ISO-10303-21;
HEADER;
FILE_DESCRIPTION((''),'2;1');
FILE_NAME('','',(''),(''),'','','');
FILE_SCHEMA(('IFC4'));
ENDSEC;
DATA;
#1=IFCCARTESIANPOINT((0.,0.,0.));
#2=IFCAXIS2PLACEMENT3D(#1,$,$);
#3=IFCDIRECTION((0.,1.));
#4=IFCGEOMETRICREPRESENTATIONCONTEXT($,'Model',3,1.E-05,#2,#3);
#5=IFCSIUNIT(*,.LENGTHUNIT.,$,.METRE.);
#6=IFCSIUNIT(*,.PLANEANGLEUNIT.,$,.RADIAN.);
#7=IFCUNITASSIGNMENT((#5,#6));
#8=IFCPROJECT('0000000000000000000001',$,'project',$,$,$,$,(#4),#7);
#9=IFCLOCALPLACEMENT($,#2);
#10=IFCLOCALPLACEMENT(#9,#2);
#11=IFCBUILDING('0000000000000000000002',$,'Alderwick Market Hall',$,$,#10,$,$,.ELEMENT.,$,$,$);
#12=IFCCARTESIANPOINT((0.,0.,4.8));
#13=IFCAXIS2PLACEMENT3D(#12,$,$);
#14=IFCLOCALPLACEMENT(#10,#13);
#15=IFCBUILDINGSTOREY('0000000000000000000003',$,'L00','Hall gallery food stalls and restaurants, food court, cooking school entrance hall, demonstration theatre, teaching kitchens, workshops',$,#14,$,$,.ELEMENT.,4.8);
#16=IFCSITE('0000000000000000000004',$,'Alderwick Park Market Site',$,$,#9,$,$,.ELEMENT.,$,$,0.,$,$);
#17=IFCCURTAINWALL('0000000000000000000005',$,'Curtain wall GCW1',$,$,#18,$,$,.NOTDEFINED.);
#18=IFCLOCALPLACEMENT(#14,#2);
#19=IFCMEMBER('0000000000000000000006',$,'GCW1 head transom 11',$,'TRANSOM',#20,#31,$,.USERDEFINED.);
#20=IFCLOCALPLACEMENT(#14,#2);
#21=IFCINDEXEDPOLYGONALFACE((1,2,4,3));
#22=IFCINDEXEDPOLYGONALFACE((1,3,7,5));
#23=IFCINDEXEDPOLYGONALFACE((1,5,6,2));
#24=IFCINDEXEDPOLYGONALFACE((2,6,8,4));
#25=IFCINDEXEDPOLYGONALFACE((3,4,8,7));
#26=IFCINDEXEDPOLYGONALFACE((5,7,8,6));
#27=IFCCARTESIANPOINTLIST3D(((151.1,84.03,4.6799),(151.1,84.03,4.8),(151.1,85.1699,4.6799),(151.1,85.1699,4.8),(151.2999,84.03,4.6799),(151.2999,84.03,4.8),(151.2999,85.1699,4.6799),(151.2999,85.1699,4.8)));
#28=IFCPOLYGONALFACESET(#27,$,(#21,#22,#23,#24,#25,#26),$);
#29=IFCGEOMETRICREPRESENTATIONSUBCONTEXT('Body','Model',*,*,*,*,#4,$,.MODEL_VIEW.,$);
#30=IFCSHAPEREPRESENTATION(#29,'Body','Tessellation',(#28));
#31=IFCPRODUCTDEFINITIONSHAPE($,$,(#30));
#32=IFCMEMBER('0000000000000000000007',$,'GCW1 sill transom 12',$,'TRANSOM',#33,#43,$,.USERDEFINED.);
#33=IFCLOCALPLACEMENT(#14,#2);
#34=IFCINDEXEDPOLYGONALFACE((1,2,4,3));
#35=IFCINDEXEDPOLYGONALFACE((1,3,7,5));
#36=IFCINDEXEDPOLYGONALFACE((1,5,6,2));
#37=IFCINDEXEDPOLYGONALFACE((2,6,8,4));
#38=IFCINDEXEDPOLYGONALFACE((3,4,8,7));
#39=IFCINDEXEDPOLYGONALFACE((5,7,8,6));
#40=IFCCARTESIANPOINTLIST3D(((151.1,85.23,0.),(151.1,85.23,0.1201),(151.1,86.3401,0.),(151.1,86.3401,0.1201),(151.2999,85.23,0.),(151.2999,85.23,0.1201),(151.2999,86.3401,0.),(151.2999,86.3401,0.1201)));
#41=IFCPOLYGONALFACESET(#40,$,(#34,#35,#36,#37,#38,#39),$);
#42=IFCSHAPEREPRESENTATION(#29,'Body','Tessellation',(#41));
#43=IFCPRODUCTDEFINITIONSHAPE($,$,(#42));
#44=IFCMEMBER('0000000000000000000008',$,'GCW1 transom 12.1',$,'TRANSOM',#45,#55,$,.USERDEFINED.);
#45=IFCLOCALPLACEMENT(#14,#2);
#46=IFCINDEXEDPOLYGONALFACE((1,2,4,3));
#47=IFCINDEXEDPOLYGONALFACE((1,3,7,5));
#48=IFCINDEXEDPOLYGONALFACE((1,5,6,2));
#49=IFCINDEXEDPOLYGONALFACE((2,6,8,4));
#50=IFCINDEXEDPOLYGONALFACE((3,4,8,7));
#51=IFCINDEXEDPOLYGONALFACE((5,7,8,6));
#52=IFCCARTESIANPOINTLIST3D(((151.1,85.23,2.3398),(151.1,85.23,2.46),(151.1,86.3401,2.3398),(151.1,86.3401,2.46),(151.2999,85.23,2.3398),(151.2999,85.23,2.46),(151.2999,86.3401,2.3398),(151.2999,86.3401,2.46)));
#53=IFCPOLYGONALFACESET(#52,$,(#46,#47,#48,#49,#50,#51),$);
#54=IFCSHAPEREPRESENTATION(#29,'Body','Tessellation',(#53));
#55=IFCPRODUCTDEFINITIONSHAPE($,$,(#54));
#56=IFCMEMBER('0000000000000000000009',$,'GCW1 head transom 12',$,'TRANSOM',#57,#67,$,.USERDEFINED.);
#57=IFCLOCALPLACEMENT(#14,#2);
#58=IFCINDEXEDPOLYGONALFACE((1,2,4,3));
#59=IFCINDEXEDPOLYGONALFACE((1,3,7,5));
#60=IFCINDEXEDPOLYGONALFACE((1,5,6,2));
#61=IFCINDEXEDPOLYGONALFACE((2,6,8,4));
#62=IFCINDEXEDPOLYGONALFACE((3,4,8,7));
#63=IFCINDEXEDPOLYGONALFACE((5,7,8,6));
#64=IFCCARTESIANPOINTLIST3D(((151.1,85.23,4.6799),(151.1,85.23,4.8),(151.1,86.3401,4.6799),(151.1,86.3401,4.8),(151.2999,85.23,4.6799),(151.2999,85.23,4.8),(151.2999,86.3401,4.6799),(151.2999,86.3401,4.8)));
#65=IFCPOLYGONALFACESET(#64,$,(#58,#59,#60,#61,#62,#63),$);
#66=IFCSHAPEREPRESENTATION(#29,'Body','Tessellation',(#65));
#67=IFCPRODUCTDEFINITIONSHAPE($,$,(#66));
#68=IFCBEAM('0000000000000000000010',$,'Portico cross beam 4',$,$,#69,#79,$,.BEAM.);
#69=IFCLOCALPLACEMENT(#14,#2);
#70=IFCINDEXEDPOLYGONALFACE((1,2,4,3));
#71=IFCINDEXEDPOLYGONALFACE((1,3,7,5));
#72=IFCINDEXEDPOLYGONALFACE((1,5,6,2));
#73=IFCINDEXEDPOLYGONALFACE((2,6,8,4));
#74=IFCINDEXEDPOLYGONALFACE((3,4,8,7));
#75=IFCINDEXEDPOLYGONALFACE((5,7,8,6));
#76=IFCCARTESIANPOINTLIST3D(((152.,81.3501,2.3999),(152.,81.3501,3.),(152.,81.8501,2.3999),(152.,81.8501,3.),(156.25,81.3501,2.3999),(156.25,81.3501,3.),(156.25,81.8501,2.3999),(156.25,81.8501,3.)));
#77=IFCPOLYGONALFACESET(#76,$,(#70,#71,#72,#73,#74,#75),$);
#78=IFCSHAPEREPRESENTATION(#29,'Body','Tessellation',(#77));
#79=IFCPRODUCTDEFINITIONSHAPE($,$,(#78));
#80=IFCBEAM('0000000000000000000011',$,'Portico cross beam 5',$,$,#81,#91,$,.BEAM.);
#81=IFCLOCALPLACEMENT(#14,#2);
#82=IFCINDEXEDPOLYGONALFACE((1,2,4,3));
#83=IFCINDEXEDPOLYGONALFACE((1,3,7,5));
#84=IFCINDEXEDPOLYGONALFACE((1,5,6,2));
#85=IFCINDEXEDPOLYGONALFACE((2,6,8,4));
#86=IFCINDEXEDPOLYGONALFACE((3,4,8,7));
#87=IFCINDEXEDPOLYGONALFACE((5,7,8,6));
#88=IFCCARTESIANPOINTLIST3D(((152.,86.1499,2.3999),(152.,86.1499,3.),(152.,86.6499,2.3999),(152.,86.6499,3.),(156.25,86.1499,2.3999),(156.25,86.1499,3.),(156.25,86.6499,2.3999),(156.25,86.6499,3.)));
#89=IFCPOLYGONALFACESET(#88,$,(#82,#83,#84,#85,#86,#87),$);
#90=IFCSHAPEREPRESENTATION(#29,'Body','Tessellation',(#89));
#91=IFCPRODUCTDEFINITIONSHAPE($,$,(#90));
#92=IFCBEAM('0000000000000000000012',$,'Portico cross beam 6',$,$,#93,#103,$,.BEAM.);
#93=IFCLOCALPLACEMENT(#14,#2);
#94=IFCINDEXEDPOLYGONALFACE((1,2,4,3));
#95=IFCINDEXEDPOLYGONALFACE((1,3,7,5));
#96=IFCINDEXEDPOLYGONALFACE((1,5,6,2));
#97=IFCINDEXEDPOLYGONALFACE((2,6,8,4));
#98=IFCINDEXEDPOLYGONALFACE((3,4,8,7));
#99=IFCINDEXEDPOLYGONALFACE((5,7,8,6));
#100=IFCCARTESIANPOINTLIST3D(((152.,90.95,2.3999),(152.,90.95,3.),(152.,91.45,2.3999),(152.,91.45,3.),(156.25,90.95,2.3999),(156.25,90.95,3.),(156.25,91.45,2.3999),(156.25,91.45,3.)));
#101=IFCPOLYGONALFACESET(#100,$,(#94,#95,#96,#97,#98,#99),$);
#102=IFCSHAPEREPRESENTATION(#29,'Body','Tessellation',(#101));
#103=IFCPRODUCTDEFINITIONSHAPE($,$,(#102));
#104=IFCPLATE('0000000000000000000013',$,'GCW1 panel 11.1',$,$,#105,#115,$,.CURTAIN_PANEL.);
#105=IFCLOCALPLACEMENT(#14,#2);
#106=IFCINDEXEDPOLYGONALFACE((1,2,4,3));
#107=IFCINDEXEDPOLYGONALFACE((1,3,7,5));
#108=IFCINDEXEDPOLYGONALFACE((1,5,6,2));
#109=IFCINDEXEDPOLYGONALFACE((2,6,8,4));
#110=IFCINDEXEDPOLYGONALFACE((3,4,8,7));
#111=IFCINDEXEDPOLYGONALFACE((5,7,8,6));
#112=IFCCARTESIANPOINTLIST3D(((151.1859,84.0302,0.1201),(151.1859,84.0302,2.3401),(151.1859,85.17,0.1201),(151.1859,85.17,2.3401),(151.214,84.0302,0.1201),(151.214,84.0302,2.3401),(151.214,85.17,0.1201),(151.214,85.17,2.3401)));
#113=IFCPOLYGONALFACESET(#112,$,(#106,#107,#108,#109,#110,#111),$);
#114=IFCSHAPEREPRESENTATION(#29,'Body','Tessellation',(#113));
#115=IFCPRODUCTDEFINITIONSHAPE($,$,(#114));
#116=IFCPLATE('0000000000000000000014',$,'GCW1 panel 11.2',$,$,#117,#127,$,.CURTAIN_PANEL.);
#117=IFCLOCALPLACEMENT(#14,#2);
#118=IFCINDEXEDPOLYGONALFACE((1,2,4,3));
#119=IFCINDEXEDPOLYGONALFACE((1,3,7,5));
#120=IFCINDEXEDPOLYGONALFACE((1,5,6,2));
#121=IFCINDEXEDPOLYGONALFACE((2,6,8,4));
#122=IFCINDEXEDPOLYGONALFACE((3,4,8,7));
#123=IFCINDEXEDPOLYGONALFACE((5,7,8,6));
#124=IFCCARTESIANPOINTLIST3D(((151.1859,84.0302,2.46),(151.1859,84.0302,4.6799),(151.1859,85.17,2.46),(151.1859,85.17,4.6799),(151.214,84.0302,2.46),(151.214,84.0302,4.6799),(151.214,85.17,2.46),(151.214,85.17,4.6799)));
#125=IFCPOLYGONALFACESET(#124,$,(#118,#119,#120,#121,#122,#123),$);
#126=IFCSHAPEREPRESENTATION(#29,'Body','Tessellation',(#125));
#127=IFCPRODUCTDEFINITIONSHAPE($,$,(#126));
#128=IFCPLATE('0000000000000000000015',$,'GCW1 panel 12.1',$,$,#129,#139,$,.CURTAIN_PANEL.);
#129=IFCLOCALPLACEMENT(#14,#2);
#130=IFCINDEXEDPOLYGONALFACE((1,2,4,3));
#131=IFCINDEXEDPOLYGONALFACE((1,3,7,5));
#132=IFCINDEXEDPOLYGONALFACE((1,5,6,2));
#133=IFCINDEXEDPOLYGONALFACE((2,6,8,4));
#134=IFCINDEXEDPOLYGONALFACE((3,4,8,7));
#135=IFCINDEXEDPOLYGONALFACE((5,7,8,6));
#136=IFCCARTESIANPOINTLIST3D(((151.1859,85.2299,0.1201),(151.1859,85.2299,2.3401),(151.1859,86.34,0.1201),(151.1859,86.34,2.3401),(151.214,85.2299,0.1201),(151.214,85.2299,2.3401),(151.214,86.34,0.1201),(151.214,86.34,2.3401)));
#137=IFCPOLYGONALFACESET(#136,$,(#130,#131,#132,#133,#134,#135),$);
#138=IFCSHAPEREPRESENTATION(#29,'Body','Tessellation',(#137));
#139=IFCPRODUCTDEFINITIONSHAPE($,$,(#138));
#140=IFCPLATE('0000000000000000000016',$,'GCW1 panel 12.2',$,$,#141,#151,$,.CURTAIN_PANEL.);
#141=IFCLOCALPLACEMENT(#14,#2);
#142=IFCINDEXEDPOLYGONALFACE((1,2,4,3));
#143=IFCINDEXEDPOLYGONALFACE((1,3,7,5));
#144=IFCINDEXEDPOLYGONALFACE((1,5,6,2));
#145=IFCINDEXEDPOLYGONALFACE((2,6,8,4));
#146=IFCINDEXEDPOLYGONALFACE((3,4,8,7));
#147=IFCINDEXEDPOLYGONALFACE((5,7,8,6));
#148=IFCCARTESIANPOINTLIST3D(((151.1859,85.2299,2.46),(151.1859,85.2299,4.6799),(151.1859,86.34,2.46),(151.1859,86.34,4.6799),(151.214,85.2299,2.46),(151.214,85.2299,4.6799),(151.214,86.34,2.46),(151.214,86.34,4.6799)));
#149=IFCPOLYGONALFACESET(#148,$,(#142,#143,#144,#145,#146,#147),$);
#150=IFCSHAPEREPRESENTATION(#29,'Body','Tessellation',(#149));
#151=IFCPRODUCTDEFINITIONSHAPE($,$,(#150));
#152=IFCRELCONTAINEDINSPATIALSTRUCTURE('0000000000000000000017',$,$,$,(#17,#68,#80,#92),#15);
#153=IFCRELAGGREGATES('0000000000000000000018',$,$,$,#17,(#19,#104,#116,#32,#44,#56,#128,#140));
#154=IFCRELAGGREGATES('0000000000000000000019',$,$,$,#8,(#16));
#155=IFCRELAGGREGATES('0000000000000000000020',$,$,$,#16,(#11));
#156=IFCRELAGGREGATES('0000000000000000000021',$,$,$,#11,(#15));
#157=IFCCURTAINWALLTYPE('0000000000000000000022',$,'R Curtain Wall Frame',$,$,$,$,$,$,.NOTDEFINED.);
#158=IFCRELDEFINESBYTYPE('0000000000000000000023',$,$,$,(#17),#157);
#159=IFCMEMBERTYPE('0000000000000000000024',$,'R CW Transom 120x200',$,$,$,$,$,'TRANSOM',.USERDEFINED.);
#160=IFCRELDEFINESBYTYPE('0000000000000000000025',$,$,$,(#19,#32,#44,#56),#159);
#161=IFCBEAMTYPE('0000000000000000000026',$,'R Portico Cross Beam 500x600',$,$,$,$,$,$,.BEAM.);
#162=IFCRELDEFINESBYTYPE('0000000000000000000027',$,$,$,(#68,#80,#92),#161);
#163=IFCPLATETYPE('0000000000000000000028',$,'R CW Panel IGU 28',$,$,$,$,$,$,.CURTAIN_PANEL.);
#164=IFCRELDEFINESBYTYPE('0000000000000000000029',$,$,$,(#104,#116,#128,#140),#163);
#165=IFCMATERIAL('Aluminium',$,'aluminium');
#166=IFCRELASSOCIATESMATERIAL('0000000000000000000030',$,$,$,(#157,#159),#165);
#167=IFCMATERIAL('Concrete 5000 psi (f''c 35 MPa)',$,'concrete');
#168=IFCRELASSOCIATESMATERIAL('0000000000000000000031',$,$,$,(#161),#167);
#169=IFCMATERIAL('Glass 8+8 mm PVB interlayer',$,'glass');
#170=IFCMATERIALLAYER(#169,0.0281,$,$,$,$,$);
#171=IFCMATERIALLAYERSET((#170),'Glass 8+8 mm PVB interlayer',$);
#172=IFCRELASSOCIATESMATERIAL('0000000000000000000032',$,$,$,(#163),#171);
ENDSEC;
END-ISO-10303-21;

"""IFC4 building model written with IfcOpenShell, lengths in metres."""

from ifc_helpers import new_model, si_unit, direction, frame, origin, origin_2d, place, context, subcontext, project, spatial, rectangle, extrude, material, layer, layer_set, material_profile, profile_set, type_object, element, aggregate, save


model = new_model("IFC4")

# Units and contexts
model_context = context("Model", 3, precision=1e-05, world=origin(), true_north=direction((0.0, 1.0)))
body_context = subcontext(model_context, "Body", "Model", "MODEL_VIEW")
ifc_project = project(units=[si_unit("LENGTHUNIT", "METRE"), si_unit("PLANEANGLEUNIT", "RADIAN")], contexts=[model_context])

# Site, building, storey
site_placement = place(None, origin())
site = spatial("IfcSite", under=ifc_project, at=site_placement, Name="Alderwick Park Market Site", CompositionType="ELEMENT", RefElevation=0.0)
building_placement = place(site_placement, origin())
building = spatial("IfcBuilding", under=site, at=building_placement, Name="Alderwick Market Hall", CompositionType="ELEMENT")
storey_placement = place(building_placement, frame((0.0, 0.0, 4.8)))
storey = spatial("IfcBuildingStorey", under=building, at=storey_placement, Name="L00", Description="Hall gallery food stalls and restaurants, food court, cooking school entrance hall, demonstration theatre, teaching kitchens, workshops", CompositionType="ELEMENT", Elevation=4.8)

# Shared definitions
ifc_material_1 = material(Name="Concrete 5000 psi (f'c 35 MPa)", Category="concrete")

# Curtain wall, members
ifc_material_2 = material(Name="Aluminium", Category="aluminium")
curtain_wall_type = type_object("IfcCurtainWallType", Name="R Curtain Wall Frame", PredefinedType="NOTDEFINED", material=ifc_material_2)
curtain_wall_placement = place(storey_placement, origin())
curtain_wall = element("IfcCurtainWall", 1, at=curtain_wall_placement, inside=storey, type_object=curtain_wall_type, Name="Curtain wall GCW1", PredefinedType="NOTDEFINED")
ifc_material_profile_1 = material_profile(ifc_material_2, rectangle(XDim=0.2, YDim=0.1201, at=origin_2d()), Name="AL 120x200")
ifc_profile_set_1 = profile_set([ifc_material_profile_1], Name="Aluminium")
member_type_1 = type_object("IfcMemberType", Name="R CW Transom 120x200", ElementType="TRANSOM", PredefinedType="USERDEFINED", material=ifc_profile_set_1)
member_1_placement = place(storey_placement, frame((151.2, 84.03, 4.74), z_axis=(0.0, 1.0, 0.0), x_axis=(-1.0, 0.0, 0.0)))
member_1 = element("IfcMember", 2, at=member_1_placement, type_object=member_type_1, Name="GCW1 head transom 11", ObjectType="TRANSOM", PredefinedType="USERDEFINED", context=body_context, shape_type="SweptSolid", body=[
    extrude(rectangle(XDim=0.2, YDim=0.1201, at=origin_2d()), origin(), (0.0, 0.0, 1.0), 1.1399),
])
member_2_placement = place(storey_placement, frame((151.2, 85.23, 0.0601), z_axis=(0.0, 1.0, 0.0), x_axis=(-1.0, 0.0, 0.0)))
member_2 = element("IfcMember", 3, at=member_2_placement, type_object=member_type_1, Name="GCW1 sill transom 12", ObjectType="TRANSOM", PredefinedType="USERDEFINED", context=body_context, shape_type="SweptSolid", body=[
    extrude(rectangle(XDim=0.2, YDim=0.1201, at=origin_2d()), origin(), (0.0, 0.0, 1.0), 1.1101),
])
member_3_placement = place(storey_placement, frame((151.2, 85.23, 2.3999), z_axis=(0.0, 1.0, 0.0), x_axis=(-1.0, 0.0, 0.0)))
member_3 = element("IfcMember", 4, at=member_3_placement, type_object=member_type_1, Name="GCW1 transom 12.1", ObjectType="TRANSOM", PredefinedType="USERDEFINED", context=body_context, shape_type="SweptSolid", body=[
    extrude(rectangle(XDim=0.2, YDim=0.1201, at=origin_2d()), origin(), (0.0, 0.0, 1.0), 1.1101),
])
member_4_placement = place(storey_placement, frame((151.2, 85.23, 4.74), z_axis=(0.0, 1.0, 0.0), x_axis=(-1.0, 0.0, 0.0)))
member_4 = element("IfcMember", 5, at=member_4_placement, type_object=member_type_1, Name="GCW1 head transom 12", ObjectType="TRANSOM", PredefinedType="USERDEFINED", context=body_context, shape_type="SweptSolid", body=[
    extrude(rectangle(XDim=0.2, YDim=0.1201, at=origin_2d()), origin(), (0.0, 0.0, 1.0), 1.1101),
])

# Beams
ifc_material_profile_2 = material_profile(ifc_material_1, rectangle(XDim=0.5, YDim=0.6001, at=origin_2d()), Name="RC 500x600")
ifc_profile_set_2 = profile_set([ifc_material_profile_2], Name="Concrete 5000 psi (f'c 35 MPa)")
beam_type = type_object("IfcBeamType", Name="R Portico Cross Beam 500x600", PredefinedType="BEAM", material=ifc_profile_set_2)
for number, where, z_axis, x_axis, name in (
    (6, (152.0, 81.6001, 2.7), (1.0, 0.0, 0.0), (0.0, 1.0, 0.0), "Portico cross beam 4"),
    (7, (152.0, 86.3999, 2.7), (1.0, 0.0, 0.0), (0.0, 1.0, 0.0), "Portico cross beam 5"),
    (8, (152.0, 91.2, 2.7), (1.0, 0.0, 0.0), (0.0, 1.0, 0.0), "Portico cross beam 6"),
):
    element("IfcBeam", number, at=place(storey_placement, frame(where, z_axis=z_axis, x_axis=x_axis)), inside=storey, type_object=beam_type, Name=name, PredefinedType="BEAM", context=body_context, shape_type="SweptSolid", body=[
        extrude(rectangle(XDim=0.5, YDim=0.6001, at=origin_2d()), origin(), (0.0, 0.0, 1.0), 4.25),
    ])

# Plates
ifc_material_3 = material(Name="Glass 8+8 mm PVB interlayer", Category="glass")
ifc_layer_1 = layer(ifc_material_3, 0.0281)
ifc_layer_set_1 = layer_set([ifc_layer_1], Name="Glass 8+8 mm PVB interlayer")
plate_type = type_object("IfcPlateType", Name="R CW Panel IGU 28", PredefinedType="CURTAIN_PANEL", material=ifc_layer_set_1)
plate_1_placement = place(storey_placement, frame((151.2, 84.6001, 0.1201), z_axis=(0.0, 0.0, 1.0), x_axis=(1.0, 0.0, 0.0)))
plate_1 = element("IfcPlate", 9, at=plate_1_placement, type_object=plate_type, Name="GCW1 panel 11.1", PredefinedType="CURTAIN_PANEL", context=body_context, shape_type="SweptSolid", body=[
    extrude(rectangle(XDim=0.0281, YDim=1.1399, at=origin_2d()), origin(), (0.0, 0.0, 1.0), 2.22),
])
plate_2_placement = place(storey_placement, frame((151.2, 84.6001, 2.46), z_axis=(0.0, 0.0, 1.0), x_axis=(1.0, 0.0, 0.0)))
plate_2 = element("IfcPlate", 10, at=plate_2_placement, type_object=plate_type, Name="GCW1 panel 11.2", PredefinedType="CURTAIN_PANEL", context=body_context, shape_type="SweptSolid", body=[
    extrude(rectangle(XDim=0.0281, YDim=1.1399, at=origin_2d()), origin(), (0.0, 0.0, 1.0), 2.22),
])
plate_3_placement = place(storey_placement, frame((151.2, 85.7849, 0.1201), z_axis=(0.0, 0.0, 1.0), x_axis=(1.0, 0.0, 0.0)))
plate_3 = element("IfcPlate", 11, at=plate_3_placement, type_object=plate_type, Name="GCW1 panel 12.1", PredefinedType="CURTAIN_PANEL", context=body_context, shape_type="SweptSolid", body=[
    extrude(rectangle(XDim=0.0281, YDim=1.1101, at=origin_2d()), origin(), (0.0, 0.0, 1.0), 2.22),
])
plate_4_placement = place(storey_placement, frame((151.2, 85.7849, 2.46), z_axis=(0.0, 0.0, 1.0), x_axis=(1.0, 0.0, 0.0)))
plate_4 = element("IfcPlate", 12, at=plate_4_placement, type_object=plate_type, Name="GCW1 panel 12.2", PredefinedType="CURTAIN_PANEL", context=body_context, shape_type="SweptSolid", body=[
    extrude(rectangle(XDim=0.0281, YDim=1.1101, at=origin_2d()), origin(), (0.0, 0.0, 1.0), 2.22),
])
aggregate(curtain_wall, [member_1, plate_1, plate_2, member_2, member_3, member_4, plate_3, plate_4])

save(model, "model.ifc")
